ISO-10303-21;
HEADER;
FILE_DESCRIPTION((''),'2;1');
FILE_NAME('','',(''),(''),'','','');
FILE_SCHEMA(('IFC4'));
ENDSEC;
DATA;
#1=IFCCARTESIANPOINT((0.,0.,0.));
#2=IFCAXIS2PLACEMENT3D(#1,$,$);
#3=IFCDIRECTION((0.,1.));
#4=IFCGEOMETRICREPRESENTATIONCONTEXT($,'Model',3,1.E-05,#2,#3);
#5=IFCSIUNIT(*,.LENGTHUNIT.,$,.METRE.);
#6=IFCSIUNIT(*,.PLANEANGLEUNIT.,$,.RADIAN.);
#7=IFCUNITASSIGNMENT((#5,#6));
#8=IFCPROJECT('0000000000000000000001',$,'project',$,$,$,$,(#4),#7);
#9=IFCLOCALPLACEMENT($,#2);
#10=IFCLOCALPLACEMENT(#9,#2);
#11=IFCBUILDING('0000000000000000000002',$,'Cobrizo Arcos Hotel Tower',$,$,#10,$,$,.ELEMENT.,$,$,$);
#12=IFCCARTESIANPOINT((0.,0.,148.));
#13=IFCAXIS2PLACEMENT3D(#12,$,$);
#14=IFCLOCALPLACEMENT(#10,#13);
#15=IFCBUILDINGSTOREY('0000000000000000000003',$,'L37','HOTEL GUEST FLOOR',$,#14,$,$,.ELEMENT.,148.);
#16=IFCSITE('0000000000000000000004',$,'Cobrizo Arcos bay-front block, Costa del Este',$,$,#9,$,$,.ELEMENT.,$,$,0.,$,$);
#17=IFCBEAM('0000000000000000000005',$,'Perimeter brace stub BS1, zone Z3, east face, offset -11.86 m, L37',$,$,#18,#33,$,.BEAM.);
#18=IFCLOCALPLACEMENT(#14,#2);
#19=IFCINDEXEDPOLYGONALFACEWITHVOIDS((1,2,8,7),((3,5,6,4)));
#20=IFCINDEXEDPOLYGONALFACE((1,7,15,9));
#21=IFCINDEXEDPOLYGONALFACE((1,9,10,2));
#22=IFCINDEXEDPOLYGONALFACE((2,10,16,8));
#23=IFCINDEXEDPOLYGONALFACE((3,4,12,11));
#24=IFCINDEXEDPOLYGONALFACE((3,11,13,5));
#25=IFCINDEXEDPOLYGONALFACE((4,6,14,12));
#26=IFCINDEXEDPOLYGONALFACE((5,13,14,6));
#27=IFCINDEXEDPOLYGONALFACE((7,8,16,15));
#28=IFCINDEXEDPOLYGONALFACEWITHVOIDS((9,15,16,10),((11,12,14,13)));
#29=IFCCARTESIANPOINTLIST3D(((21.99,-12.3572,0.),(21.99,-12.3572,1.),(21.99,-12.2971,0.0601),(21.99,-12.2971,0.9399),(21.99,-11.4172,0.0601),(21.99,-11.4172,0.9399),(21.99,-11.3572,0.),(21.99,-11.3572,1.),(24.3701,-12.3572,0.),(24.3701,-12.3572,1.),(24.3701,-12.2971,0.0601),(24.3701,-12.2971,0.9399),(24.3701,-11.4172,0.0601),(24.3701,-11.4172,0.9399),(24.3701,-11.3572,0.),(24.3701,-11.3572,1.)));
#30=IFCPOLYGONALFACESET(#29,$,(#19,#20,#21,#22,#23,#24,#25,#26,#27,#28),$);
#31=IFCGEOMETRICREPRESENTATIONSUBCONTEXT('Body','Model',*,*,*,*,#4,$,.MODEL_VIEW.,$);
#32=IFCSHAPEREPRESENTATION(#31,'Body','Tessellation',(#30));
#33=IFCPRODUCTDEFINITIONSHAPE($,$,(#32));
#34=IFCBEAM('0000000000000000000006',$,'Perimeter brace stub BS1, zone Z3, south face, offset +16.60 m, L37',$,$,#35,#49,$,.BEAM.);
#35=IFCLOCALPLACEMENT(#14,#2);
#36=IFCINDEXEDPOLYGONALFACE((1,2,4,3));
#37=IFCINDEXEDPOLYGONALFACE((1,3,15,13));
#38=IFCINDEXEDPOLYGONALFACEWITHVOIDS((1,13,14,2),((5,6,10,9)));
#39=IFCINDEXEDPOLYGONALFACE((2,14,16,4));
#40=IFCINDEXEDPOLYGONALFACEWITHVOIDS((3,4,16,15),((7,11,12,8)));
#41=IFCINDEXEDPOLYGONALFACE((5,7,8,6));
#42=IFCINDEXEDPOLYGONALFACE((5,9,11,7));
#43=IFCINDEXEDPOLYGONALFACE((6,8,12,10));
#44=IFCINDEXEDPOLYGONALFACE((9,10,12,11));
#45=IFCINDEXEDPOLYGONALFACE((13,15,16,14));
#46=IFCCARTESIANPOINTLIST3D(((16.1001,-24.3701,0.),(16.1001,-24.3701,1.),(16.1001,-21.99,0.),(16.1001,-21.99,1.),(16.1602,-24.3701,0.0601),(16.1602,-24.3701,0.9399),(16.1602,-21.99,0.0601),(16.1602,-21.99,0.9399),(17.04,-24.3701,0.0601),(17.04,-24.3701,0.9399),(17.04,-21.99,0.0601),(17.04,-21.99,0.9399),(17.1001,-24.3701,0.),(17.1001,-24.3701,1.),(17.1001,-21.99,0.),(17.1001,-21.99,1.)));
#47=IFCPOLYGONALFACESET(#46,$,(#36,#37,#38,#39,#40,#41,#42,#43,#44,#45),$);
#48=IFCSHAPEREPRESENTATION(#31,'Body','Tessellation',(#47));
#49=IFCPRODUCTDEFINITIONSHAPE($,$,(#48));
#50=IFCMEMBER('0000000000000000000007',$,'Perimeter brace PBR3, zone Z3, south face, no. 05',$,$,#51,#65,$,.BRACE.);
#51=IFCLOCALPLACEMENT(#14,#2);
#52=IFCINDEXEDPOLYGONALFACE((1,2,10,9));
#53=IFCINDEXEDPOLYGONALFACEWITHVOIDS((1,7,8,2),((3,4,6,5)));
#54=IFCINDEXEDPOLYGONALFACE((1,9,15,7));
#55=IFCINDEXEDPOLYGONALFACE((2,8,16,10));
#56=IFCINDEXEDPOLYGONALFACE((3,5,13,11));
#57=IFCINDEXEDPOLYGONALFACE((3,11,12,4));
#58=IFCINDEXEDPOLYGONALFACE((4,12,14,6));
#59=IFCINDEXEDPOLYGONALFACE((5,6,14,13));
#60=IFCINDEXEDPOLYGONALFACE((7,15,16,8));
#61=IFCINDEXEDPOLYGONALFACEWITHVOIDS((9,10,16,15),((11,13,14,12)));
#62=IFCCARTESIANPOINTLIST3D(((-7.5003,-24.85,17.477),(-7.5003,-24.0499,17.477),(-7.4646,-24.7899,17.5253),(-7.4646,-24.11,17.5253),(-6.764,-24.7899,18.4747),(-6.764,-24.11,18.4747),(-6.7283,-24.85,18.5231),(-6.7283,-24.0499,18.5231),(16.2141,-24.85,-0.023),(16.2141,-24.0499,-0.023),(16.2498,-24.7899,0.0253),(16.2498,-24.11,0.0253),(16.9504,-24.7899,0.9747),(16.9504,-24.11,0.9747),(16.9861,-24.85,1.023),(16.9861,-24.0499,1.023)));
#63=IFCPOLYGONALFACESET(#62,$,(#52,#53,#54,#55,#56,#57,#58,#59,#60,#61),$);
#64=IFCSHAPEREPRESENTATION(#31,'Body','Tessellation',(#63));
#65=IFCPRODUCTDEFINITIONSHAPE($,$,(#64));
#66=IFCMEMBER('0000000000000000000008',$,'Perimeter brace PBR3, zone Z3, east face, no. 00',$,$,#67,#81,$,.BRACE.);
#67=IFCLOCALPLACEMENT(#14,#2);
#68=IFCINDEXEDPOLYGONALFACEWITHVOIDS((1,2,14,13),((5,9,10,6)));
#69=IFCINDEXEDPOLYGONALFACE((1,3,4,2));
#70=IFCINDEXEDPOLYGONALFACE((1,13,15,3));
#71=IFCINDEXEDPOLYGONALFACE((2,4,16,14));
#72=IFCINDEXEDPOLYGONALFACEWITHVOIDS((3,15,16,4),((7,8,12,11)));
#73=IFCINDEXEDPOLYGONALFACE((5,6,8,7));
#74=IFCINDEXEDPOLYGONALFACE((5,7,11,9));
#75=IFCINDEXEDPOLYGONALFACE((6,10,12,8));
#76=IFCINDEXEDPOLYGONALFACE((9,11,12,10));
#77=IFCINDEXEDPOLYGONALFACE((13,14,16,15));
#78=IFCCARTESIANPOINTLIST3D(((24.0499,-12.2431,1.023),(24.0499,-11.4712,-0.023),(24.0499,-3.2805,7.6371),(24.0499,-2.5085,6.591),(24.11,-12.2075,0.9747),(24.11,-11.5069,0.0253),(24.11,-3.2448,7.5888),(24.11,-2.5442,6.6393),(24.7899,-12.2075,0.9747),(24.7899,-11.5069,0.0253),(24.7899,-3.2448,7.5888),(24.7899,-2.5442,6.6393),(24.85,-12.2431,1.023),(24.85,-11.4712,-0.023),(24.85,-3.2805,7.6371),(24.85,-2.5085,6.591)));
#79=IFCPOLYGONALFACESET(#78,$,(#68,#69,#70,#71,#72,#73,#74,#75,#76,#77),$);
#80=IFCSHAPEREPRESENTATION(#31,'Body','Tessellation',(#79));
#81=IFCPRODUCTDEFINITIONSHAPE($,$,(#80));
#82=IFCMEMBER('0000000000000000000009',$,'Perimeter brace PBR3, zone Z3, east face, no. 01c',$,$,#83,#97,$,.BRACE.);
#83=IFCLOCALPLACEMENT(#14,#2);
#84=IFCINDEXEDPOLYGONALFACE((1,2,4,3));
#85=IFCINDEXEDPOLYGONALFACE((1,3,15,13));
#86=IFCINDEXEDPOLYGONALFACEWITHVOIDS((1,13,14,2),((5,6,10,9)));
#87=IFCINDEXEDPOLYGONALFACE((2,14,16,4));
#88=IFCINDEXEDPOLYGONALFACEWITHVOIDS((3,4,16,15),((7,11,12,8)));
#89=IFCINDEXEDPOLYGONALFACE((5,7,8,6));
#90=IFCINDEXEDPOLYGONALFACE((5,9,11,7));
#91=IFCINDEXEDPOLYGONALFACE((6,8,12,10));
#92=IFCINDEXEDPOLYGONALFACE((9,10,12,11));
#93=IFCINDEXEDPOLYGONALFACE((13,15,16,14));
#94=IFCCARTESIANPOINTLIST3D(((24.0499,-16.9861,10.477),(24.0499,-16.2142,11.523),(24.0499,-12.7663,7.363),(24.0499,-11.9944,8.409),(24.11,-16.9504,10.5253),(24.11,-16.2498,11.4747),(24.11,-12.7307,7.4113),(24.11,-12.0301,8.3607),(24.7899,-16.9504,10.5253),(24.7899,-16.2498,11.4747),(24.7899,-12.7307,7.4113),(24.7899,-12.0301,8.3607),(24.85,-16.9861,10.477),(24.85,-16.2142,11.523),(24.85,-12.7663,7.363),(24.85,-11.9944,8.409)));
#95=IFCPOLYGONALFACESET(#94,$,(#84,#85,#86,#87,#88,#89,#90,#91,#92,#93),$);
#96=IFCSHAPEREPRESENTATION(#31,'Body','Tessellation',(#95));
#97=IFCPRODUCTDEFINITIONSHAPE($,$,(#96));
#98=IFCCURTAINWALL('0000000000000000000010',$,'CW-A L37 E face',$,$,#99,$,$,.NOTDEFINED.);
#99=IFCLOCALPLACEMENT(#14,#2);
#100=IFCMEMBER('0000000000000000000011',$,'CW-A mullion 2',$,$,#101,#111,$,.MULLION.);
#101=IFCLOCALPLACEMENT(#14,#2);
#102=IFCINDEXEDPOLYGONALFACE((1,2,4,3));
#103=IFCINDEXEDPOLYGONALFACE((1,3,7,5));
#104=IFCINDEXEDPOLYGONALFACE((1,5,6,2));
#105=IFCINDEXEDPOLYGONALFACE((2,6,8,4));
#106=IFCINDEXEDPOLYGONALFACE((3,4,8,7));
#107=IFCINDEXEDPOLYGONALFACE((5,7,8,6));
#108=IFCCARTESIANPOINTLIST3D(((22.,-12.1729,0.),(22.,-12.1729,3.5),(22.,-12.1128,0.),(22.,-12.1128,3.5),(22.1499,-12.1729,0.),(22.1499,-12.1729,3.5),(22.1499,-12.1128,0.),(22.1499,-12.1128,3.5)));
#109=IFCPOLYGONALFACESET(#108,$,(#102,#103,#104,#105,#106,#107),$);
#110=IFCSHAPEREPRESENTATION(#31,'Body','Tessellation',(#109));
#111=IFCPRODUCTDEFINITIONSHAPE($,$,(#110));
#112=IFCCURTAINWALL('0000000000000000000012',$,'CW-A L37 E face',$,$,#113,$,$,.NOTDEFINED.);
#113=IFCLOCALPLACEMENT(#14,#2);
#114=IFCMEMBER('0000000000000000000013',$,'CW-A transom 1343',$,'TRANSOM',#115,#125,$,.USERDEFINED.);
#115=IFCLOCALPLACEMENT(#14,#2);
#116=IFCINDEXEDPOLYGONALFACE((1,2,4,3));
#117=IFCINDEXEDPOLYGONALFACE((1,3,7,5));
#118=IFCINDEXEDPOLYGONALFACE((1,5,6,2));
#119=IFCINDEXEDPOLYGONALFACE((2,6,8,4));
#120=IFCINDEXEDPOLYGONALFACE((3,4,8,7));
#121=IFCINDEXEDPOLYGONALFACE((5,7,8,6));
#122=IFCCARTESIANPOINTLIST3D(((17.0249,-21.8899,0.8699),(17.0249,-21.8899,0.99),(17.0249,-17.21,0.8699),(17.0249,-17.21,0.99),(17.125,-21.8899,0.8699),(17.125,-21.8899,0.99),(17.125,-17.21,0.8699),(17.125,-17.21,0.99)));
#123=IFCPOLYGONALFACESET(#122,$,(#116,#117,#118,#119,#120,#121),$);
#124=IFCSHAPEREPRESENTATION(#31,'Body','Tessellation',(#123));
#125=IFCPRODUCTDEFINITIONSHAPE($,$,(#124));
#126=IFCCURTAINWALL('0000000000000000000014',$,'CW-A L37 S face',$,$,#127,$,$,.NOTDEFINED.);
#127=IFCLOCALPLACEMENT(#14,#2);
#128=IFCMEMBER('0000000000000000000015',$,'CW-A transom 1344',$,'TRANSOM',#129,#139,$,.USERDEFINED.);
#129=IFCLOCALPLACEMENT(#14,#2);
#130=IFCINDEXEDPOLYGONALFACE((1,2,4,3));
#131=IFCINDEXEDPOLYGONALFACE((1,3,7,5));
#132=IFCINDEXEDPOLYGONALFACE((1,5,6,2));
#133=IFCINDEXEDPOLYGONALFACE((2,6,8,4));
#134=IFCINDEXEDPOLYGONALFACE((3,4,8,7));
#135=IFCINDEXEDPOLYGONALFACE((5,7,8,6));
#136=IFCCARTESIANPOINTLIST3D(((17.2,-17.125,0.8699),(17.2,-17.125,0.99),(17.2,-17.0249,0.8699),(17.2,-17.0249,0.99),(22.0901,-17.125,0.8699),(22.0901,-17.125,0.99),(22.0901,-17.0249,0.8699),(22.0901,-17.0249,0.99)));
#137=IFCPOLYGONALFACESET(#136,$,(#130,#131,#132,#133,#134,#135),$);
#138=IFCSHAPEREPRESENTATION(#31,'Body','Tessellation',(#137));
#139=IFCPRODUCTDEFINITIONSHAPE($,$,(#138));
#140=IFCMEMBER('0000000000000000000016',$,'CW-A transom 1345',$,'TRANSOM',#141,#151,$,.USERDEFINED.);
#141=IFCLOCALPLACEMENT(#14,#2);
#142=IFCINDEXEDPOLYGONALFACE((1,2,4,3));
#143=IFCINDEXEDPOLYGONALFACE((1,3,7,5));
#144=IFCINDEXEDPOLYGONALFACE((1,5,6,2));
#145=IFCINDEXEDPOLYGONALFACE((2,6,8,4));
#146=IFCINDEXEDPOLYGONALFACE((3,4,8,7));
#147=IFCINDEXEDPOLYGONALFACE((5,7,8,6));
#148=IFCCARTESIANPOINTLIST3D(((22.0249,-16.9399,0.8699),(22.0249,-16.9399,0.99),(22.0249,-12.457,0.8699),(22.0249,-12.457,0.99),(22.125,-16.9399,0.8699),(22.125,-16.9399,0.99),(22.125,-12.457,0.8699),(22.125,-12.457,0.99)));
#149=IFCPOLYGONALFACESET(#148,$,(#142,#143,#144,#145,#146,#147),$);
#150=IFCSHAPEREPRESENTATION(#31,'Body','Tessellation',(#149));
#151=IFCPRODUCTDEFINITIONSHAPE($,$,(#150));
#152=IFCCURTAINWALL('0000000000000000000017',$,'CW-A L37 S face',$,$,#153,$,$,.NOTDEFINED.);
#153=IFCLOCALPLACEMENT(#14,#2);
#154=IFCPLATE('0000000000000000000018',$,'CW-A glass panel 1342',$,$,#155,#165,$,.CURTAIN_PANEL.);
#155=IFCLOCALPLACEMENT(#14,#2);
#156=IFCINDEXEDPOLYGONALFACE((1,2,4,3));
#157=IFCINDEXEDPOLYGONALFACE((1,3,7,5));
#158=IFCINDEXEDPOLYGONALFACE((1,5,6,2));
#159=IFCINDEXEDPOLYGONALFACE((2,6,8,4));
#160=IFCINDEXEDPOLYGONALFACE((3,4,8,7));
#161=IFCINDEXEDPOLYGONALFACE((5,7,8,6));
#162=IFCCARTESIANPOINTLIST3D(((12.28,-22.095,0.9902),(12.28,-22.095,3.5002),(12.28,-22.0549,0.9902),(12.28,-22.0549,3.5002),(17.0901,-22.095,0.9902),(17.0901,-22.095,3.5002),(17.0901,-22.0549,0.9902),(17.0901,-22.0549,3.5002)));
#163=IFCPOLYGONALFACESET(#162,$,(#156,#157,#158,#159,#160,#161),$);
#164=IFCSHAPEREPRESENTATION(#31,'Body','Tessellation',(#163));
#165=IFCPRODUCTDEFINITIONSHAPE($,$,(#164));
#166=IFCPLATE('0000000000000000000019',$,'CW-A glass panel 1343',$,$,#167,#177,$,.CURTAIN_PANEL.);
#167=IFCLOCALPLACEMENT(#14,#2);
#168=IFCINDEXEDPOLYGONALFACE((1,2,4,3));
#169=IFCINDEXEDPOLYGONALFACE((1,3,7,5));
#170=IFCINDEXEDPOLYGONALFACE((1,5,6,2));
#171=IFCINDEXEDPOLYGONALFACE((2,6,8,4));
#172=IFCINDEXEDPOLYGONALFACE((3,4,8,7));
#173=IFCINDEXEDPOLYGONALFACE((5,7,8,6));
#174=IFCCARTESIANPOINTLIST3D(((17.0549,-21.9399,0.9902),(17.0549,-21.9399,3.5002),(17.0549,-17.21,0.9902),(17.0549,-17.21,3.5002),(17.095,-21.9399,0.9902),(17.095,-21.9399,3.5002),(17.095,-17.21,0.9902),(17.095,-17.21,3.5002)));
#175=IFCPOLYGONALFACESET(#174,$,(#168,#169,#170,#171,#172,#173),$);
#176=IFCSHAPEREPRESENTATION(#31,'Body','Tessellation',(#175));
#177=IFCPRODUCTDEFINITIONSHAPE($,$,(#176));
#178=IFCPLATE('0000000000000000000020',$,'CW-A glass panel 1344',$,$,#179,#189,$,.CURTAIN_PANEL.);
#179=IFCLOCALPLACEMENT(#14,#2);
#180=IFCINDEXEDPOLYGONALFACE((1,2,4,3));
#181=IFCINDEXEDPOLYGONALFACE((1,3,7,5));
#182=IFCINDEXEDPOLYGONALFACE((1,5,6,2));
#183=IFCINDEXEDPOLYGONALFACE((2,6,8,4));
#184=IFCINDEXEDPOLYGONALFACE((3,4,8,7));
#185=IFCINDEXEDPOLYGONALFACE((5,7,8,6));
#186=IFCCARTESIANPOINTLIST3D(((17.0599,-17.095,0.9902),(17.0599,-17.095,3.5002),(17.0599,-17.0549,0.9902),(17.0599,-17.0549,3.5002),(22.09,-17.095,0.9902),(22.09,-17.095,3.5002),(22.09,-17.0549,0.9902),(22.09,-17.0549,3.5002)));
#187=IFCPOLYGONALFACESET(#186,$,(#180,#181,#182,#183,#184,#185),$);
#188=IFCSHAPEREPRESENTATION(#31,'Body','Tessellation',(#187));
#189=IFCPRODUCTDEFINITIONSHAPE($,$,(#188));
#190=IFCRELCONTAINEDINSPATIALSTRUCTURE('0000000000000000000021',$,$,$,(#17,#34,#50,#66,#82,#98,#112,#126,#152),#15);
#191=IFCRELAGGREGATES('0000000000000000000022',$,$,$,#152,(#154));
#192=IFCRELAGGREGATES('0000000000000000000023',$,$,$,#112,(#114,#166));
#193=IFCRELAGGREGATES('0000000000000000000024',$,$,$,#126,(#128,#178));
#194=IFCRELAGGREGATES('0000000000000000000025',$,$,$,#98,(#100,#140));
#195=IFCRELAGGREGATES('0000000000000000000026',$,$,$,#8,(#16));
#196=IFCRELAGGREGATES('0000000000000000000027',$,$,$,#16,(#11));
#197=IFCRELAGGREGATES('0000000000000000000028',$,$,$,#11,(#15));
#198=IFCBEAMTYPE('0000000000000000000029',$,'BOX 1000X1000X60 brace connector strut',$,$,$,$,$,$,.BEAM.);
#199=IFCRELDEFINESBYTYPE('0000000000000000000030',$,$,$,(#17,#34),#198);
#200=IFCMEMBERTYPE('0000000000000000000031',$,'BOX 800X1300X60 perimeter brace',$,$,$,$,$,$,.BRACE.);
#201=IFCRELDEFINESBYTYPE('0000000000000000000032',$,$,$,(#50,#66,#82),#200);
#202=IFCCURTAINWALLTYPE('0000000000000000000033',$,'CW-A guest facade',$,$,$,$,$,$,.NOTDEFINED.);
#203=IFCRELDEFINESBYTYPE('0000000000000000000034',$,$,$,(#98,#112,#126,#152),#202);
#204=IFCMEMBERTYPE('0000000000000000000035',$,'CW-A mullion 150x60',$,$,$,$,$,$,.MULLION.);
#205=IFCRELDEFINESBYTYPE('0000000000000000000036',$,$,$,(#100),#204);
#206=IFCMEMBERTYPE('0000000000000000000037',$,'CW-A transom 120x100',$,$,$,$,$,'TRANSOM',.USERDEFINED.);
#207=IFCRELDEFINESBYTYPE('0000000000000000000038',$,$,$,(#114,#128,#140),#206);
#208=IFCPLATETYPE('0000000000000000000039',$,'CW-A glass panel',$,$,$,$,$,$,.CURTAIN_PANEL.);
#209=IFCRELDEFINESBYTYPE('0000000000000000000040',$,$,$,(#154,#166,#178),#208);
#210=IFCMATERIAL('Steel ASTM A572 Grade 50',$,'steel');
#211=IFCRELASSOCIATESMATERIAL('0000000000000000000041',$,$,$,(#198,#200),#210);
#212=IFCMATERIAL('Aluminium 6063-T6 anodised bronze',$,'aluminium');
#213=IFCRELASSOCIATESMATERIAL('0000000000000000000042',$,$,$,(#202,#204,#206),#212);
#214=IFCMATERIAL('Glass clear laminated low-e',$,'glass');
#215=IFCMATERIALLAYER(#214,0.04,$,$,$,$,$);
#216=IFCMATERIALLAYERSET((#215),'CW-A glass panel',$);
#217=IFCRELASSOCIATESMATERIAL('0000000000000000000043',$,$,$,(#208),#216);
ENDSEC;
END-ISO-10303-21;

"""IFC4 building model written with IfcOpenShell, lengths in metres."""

from ifc_helpers import new_model, si_unit, direction, frame, origin, origin_2d, place, context, subcontext, project, spatial, rectangle, hollow_rectangle, extrude, material, layer, layer_set, material_profile, profile_set, type_object, element, aggregate, save


model = new_model("IFC4")

# Units and contexts
model_context = context("Model", 3, precision=1e-05, world=origin(), true_north=direction((0.0, 1.0)))
body_context = subcontext(model_context, "Body", "Model", "MODEL_VIEW")
ifc_project = project(units=[si_unit("LENGTHUNIT", "METRE"), si_unit("PLANEANGLEUNIT", "RADIAN")], contexts=[model_context])

# Site, building, storey
site_placement = place(None, origin())
site = spatial("IfcSite", under=ifc_project, at=site_placement, Name="Cobrizo Arcos bay-front block, Costa del Este", CompositionType="ELEMENT", RefElevation=0.0)
building_placement = place(site_placement, origin())
building = spatial("IfcBuilding", under=site, at=building_placement, Name="Cobrizo Arcos Hotel Tower", CompositionType="ELEMENT")
storey_placement = place(building_placement, frame((0.0, 0.0, 148.0)))
storey = spatial("IfcBuildingStorey", under=building, at=storey_placement, Name="L37", Description="HOTEL GUEST FLOOR", CompositionType="ELEMENT", Elevation=148.0)

# Beams
ifc_material_1 = material(Name="Steel ASTM A572 Grade 50", Category="steel")
ifc_material_profile_1 = material_profile(ifc_material_1, hollow_rectangle(XDim=1.0, YDim=1.0, WallThickness=0.0601, at=origin_2d()), Name="BOX 1000X1000X60")
ifc_profile_set_1 = profile_set([ifc_material_profile_1], Name="Steel ASTM A572 Grade 50")
beam_type = type_object("IfcBeamType", Name="BOX 1000X1000X60 brace connector strut", PredefinedType="BEAM", material=ifc_profile_set_1)
for number, where, z_axis, x_axis, name in (
    (1, (21.99, -11.8572, 0.5), (1.0, 0.0, 0.0), (0.0, 1.0, 0.0), "Perimeter brace stub BS1, zone Z3, east face, offset -11.86 m, L37"),
    (2, (16.6001, -21.99, 0.5), (0.0, -1.0, 0.0), (1.0, 0.0, 0.0), "Perimeter brace stub BS1, zone Z3, south face, offset +16.60 m, L37"),
):
    element("IfcBeam", number, at=place(storey_placement, frame(where, z_axis=z_axis, x_axis=x_axis)), inside=storey, type_object=beam_type, Name=name, PredefinedType="BEAM", context=body_context, shape_type="SweptSolid", body=[
        extrude(hollow_rectangle(XDim=1.0, YDim=1.0, WallThickness=0.0601, at=origin_2d()), origin(), (0.0, 0.0, 1.0), 2.3801),
    ])

# Members
ifc_material_profile_2 = material_profile(ifc_material_1, hollow_rectangle(XDim=0.8, YDim=1.3, WallThickness=0.0601, at=origin_2d()), Name="BOX 800X1300X60")
ifc_profile_set_2 = profile_set([ifc_material_profile_2], Name="Steel ASTM A572 Grade 50")
member_type_1 = type_object("IfcMemberType", Name="BOX 800X1300X60 perimeter brace", PredefinedType="BRACE", material=ifc_profile_set_2)
member_1_placement = place(storey_placement, frame((16.6001, -24.45, 0.5), z_axis=(-0.80463, 0.0, 0.593776), x_axis=(0.0, -1.0, 0.0)))
element("IfcMember", 3, at=member_1_placement, inside=storey, type_object=member_type_1, Name="Perimeter brace PBR3, zone Z3, south face, no. 05", PredefinedType="BRACE", context=body_context, shape_type="SweptSolid", body=[
    extrude(hollow_rectangle(XDim=0.8, YDim=1.3, WallThickness=0.0601, at=origin_2d()), origin(), (0.0, 0.0, 1.0), 29.4724),
])
member_2_placement = place(storey_placement, frame((24.45, -11.8572, 0.5), z_axis=(0.0, 0.804629, 0.593778), x_axis=(-1.0, 0.0, 0.0)))
element("IfcMember", 4, at=member_2_placement, inside=storey, type_object=member_type_1, Name="Perimeter brace PBR3, zone Z3, east face, no. 00", PredefinedType="BRACE", context=body_context, shape_type="SweptSolid", body=[
    extrude(hollow_rectangle(XDim=0.8, YDim=1.3, WallThickness=0.0601, at=origin_2d()), origin(), (0.0, 0.0, 1.0), 11.1389),
])
member_3_placement = place(storey_placement, frame((24.45, -12.3804, 7.886), z_axis=(0.0, -0.804624, 0.593785), x_axis=(1.0, 0.0, 0.0)))
element("IfcMember", 5, at=member_3_placement, inside=storey, type_object=member_type_1, Name="Perimeter brace PBR3, zone Z3, east face, no. 01c", PredefinedType="BRACE", context=body_context, shape_type="SweptSolid", body=[
    extrude(hollow_rectangle(XDim=0.8, YDim=1.3, WallThickness=0.0601, at=origin_2d()), origin(), (0.0, 0.0, 1.0), 5.2444),
])

# Curtain walls, members
ifc_material_2 = material(Name="Aluminium 6063-T6 anodised bronze", Category="aluminium")
curtain_wall_type = type_object("IfcCurtainWallType", Name="CW-A guest facade", PredefinedType="NOTDEFINED", material=ifc_material_2)
curtain_wall_1_placement = place(storey_placement, origin())
curtain_wall_1 = element("IfcCurtainWall", 6, at=curtain_wall_1_placement, inside=storey, type_object=curtain_wall_type, Name="CW-A L37 E face", PredefinedType="NOTDEFINED")
ifc_material_profile_3 = material_profile(ifc_material_2, rectangle(XDim=0.1499, YDim=0.0601, at=origin_2d()), Name="CW-A mullion 150x60")
ifc_profile_set_3 = profile_set([ifc_material_profile_3], Name="Aluminium 6063-T6 anodised bronze")
member_type_2 = type_object("IfcMemberType", Name="CW-A mullion 150x60", PredefinedType="MULLION", material=ifc_profile_set_3)
member_4_placement = place(storey_placement, frame((22.075, -12.1428, 0.0), z_axis=(0.0, 0.0, 1.0), x_axis=(1.0, 0.0, 0.0)))
member_4 = element("IfcMember", 7, at=member_4_placement, type_object=member_type_2, Name="CW-A mullion 2", PredefinedType="MULLION", context=body_context, shape_type="SweptSolid", body=[
    extrude(rectangle(XDim=0.1499, YDim=0.0601, at=origin_2d()), origin(), (0.0, 0.0, 1.0), 3.5),
])
curtain_wall_2_placement = place(storey_placement, origin())
curtain_wall_2 = element("IfcCurtainWall", 8, at=curtain_wall_2_placement, inside=storey, type_object=curtain_wall_type, Name="CW-A L37 E face", PredefinedType="NOTDEFINED")
ifc_material_profile_4 = material_profile(ifc_material_2, rectangle(XDim=0.1001, YDim=0.1201, at=origin_2d()), Name="CW-A transom 120x100")
ifc_profile_set_4 = profile_set([ifc_material_profile_4], Name="Aluminium 6063-T6 anodised bronze")
member_type_3 = type_object("IfcMemberType", Name="CW-A transom 120x100", ElementType="TRANSOM", PredefinedType="USERDEFINED", material=ifc_profile_set_4)
member_5_placement = place(storey_placement, frame((17.075, -21.8899, 0.9299), z_axis=(0.0, 1.0, 0.0), x_axis=(-1.0, 0.0, 0.0)))
member_5 = element("IfcMember", 9, at=member_5_placement, type_object=member_type_3, Name="CW-A transom 1343", ObjectType="TRANSOM", PredefinedType="USERDEFINED", context=body_context, shape_type="SweptSolid", body=[
    extrude(rectangle(XDim=0.1001, YDim=0.1201, at=origin_2d()), origin(), (0.0, 0.0, 1.0), 4.6799),
])
curtain_wall_3_placement = place(storey_placement, origin())
curtain_wall_3 = element("IfcCurtainWall", 10, at=curtain_wall_3_placement, inside=storey, type_object=curtain_wall_type, Name="CW-A L37 S face", PredefinedType="NOTDEFINED")
member_6_placement = place(storey_placement, frame((17.2, -17.075, 0.9299), z_axis=(1.0, 0.0, 0.0), x_axis=(0.0, 1.0, 0.0)))
member_6 = element("IfcMember", 11, at=member_6_placement, type_object=member_type_3, Name="CW-A transom 1344", ObjectType="TRANSOM", PredefinedType="USERDEFINED", context=body_context, shape_type="SweptSolid", body=[
    extrude(rectangle(XDim=0.1001, YDim=0.1201, at=origin_2d()), origin(), (0.0, 0.0, 1.0), 4.8901),
])

# Member
member_7_placement = place(storey_placement, frame((22.075, -16.9399, 0.9299), z_axis=(0.0, 1.0, 0.0), x_axis=(-1.0, 0.0, 0.0)))
member_7 = element("IfcMember", 12, at=member_7_placement, type_object=member_type_3, Name="CW-A transom 1345", ObjectType="TRANSOM", PredefinedType="USERDEFINED", context=body_context, shape_type="SweptSolid", body=[
    extrude(rectangle(XDim=0.1001, YDim=0.1201, at=origin_2d()), origin(), (0.0, 0.0, 1.0), 4.4829),
])

# Curtain wall, plate
curtain_wall_4_placement = place(storey_placement, origin())
curtain_wall_4 = element("IfcCurtainWall", 13, at=curtain_wall_4_placement, inside=storey, type_object=curtain_wall_type, Name="CW-A L37 S face", PredefinedType="NOTDEFINED")
ifc_material_3 = material(Name="Glass clear laminated low-e", Category="glass")
ifc_layer_1 = layer(ifc_material_3, 0.04)
ifc_layer_set_1 = layer_set([ifc_layer_1], Name="CW-A glass panel")
plate_type_1 = type_object("IfcPlateType", Name="CW-A glass panel", PredefinedType="CURTAIN_PANEL", material=ifc_layer_set_1)
plate_1_placement = place(storey_placement, frame((14.6851, -22.075, 0.9902), z_axis=(0.0, 0.0, 1.0), x_axis=(1.0, 0.0, 0.0)))
plate_1 = element("IfcPlate", 14, at=plate_1_placement, type_object=plate_type_1, Name="CW-A glass panel 1342", PredefinedType="CURTAIN_PANEL", context=body_context, shape_type="SweptSolid", body=[
    extrude(rectangle(XDim=4.8101, YDim=0.04, at=origin_2d()), origin(), (0.0, 0.0, 1.0), 2.51),
])
aggregate(curtain_wall_4, [plate_1])

# Plates
plate_2_placement = place(storey_placement, frame((17.075, -19.575, 0.9902), z_axis=(0.0, 0.0, 1.0), x_axis=(0.0, 1.0, 0.0)))
plate_2 = element("IfcPlate", 15, at=plate_2_placement, type_object=plate_type_1, Name="CW-A glass panel 1343", PredefinedType="CURTAIN_PANEL", context=body_context, shape_type="SweptSolid", body=[
    extrude(rectangle(XDim=4.73, YDim=0.04, at=origin_2d()), origin(), (0.0, 0.0, 1.0), 2.51),
])
aggregate(curtain_wall_2, [member_5, plate_2])
plate_3_placement = place(storey_placement, frame((19.575, -17.075, 0.9902), z_axis=(0.0, 0.0, 1.0), x_axis=(1.0, 0.0, 0.0)))
plate_3 = element("IfcPlate", 16, at=plate_3_placement, type_object=plate_type_1, Name="CW-A glass panel 1344", PredefinedType="CURTAIN_PANEL", context=body_context, shape_type="SweptSolid", body=[
    extrude(rectangle(XDim=5.03, YDim=0.04, at=origin_2d()), origin(), (0.0, 0.0, 1.0), 2.51),
])
aggregate(curtain_wall_3, [member_6, plate_3])
aggregate(curtain_wall_1, [member_4, member_7])

save(model, "model.ifc")
